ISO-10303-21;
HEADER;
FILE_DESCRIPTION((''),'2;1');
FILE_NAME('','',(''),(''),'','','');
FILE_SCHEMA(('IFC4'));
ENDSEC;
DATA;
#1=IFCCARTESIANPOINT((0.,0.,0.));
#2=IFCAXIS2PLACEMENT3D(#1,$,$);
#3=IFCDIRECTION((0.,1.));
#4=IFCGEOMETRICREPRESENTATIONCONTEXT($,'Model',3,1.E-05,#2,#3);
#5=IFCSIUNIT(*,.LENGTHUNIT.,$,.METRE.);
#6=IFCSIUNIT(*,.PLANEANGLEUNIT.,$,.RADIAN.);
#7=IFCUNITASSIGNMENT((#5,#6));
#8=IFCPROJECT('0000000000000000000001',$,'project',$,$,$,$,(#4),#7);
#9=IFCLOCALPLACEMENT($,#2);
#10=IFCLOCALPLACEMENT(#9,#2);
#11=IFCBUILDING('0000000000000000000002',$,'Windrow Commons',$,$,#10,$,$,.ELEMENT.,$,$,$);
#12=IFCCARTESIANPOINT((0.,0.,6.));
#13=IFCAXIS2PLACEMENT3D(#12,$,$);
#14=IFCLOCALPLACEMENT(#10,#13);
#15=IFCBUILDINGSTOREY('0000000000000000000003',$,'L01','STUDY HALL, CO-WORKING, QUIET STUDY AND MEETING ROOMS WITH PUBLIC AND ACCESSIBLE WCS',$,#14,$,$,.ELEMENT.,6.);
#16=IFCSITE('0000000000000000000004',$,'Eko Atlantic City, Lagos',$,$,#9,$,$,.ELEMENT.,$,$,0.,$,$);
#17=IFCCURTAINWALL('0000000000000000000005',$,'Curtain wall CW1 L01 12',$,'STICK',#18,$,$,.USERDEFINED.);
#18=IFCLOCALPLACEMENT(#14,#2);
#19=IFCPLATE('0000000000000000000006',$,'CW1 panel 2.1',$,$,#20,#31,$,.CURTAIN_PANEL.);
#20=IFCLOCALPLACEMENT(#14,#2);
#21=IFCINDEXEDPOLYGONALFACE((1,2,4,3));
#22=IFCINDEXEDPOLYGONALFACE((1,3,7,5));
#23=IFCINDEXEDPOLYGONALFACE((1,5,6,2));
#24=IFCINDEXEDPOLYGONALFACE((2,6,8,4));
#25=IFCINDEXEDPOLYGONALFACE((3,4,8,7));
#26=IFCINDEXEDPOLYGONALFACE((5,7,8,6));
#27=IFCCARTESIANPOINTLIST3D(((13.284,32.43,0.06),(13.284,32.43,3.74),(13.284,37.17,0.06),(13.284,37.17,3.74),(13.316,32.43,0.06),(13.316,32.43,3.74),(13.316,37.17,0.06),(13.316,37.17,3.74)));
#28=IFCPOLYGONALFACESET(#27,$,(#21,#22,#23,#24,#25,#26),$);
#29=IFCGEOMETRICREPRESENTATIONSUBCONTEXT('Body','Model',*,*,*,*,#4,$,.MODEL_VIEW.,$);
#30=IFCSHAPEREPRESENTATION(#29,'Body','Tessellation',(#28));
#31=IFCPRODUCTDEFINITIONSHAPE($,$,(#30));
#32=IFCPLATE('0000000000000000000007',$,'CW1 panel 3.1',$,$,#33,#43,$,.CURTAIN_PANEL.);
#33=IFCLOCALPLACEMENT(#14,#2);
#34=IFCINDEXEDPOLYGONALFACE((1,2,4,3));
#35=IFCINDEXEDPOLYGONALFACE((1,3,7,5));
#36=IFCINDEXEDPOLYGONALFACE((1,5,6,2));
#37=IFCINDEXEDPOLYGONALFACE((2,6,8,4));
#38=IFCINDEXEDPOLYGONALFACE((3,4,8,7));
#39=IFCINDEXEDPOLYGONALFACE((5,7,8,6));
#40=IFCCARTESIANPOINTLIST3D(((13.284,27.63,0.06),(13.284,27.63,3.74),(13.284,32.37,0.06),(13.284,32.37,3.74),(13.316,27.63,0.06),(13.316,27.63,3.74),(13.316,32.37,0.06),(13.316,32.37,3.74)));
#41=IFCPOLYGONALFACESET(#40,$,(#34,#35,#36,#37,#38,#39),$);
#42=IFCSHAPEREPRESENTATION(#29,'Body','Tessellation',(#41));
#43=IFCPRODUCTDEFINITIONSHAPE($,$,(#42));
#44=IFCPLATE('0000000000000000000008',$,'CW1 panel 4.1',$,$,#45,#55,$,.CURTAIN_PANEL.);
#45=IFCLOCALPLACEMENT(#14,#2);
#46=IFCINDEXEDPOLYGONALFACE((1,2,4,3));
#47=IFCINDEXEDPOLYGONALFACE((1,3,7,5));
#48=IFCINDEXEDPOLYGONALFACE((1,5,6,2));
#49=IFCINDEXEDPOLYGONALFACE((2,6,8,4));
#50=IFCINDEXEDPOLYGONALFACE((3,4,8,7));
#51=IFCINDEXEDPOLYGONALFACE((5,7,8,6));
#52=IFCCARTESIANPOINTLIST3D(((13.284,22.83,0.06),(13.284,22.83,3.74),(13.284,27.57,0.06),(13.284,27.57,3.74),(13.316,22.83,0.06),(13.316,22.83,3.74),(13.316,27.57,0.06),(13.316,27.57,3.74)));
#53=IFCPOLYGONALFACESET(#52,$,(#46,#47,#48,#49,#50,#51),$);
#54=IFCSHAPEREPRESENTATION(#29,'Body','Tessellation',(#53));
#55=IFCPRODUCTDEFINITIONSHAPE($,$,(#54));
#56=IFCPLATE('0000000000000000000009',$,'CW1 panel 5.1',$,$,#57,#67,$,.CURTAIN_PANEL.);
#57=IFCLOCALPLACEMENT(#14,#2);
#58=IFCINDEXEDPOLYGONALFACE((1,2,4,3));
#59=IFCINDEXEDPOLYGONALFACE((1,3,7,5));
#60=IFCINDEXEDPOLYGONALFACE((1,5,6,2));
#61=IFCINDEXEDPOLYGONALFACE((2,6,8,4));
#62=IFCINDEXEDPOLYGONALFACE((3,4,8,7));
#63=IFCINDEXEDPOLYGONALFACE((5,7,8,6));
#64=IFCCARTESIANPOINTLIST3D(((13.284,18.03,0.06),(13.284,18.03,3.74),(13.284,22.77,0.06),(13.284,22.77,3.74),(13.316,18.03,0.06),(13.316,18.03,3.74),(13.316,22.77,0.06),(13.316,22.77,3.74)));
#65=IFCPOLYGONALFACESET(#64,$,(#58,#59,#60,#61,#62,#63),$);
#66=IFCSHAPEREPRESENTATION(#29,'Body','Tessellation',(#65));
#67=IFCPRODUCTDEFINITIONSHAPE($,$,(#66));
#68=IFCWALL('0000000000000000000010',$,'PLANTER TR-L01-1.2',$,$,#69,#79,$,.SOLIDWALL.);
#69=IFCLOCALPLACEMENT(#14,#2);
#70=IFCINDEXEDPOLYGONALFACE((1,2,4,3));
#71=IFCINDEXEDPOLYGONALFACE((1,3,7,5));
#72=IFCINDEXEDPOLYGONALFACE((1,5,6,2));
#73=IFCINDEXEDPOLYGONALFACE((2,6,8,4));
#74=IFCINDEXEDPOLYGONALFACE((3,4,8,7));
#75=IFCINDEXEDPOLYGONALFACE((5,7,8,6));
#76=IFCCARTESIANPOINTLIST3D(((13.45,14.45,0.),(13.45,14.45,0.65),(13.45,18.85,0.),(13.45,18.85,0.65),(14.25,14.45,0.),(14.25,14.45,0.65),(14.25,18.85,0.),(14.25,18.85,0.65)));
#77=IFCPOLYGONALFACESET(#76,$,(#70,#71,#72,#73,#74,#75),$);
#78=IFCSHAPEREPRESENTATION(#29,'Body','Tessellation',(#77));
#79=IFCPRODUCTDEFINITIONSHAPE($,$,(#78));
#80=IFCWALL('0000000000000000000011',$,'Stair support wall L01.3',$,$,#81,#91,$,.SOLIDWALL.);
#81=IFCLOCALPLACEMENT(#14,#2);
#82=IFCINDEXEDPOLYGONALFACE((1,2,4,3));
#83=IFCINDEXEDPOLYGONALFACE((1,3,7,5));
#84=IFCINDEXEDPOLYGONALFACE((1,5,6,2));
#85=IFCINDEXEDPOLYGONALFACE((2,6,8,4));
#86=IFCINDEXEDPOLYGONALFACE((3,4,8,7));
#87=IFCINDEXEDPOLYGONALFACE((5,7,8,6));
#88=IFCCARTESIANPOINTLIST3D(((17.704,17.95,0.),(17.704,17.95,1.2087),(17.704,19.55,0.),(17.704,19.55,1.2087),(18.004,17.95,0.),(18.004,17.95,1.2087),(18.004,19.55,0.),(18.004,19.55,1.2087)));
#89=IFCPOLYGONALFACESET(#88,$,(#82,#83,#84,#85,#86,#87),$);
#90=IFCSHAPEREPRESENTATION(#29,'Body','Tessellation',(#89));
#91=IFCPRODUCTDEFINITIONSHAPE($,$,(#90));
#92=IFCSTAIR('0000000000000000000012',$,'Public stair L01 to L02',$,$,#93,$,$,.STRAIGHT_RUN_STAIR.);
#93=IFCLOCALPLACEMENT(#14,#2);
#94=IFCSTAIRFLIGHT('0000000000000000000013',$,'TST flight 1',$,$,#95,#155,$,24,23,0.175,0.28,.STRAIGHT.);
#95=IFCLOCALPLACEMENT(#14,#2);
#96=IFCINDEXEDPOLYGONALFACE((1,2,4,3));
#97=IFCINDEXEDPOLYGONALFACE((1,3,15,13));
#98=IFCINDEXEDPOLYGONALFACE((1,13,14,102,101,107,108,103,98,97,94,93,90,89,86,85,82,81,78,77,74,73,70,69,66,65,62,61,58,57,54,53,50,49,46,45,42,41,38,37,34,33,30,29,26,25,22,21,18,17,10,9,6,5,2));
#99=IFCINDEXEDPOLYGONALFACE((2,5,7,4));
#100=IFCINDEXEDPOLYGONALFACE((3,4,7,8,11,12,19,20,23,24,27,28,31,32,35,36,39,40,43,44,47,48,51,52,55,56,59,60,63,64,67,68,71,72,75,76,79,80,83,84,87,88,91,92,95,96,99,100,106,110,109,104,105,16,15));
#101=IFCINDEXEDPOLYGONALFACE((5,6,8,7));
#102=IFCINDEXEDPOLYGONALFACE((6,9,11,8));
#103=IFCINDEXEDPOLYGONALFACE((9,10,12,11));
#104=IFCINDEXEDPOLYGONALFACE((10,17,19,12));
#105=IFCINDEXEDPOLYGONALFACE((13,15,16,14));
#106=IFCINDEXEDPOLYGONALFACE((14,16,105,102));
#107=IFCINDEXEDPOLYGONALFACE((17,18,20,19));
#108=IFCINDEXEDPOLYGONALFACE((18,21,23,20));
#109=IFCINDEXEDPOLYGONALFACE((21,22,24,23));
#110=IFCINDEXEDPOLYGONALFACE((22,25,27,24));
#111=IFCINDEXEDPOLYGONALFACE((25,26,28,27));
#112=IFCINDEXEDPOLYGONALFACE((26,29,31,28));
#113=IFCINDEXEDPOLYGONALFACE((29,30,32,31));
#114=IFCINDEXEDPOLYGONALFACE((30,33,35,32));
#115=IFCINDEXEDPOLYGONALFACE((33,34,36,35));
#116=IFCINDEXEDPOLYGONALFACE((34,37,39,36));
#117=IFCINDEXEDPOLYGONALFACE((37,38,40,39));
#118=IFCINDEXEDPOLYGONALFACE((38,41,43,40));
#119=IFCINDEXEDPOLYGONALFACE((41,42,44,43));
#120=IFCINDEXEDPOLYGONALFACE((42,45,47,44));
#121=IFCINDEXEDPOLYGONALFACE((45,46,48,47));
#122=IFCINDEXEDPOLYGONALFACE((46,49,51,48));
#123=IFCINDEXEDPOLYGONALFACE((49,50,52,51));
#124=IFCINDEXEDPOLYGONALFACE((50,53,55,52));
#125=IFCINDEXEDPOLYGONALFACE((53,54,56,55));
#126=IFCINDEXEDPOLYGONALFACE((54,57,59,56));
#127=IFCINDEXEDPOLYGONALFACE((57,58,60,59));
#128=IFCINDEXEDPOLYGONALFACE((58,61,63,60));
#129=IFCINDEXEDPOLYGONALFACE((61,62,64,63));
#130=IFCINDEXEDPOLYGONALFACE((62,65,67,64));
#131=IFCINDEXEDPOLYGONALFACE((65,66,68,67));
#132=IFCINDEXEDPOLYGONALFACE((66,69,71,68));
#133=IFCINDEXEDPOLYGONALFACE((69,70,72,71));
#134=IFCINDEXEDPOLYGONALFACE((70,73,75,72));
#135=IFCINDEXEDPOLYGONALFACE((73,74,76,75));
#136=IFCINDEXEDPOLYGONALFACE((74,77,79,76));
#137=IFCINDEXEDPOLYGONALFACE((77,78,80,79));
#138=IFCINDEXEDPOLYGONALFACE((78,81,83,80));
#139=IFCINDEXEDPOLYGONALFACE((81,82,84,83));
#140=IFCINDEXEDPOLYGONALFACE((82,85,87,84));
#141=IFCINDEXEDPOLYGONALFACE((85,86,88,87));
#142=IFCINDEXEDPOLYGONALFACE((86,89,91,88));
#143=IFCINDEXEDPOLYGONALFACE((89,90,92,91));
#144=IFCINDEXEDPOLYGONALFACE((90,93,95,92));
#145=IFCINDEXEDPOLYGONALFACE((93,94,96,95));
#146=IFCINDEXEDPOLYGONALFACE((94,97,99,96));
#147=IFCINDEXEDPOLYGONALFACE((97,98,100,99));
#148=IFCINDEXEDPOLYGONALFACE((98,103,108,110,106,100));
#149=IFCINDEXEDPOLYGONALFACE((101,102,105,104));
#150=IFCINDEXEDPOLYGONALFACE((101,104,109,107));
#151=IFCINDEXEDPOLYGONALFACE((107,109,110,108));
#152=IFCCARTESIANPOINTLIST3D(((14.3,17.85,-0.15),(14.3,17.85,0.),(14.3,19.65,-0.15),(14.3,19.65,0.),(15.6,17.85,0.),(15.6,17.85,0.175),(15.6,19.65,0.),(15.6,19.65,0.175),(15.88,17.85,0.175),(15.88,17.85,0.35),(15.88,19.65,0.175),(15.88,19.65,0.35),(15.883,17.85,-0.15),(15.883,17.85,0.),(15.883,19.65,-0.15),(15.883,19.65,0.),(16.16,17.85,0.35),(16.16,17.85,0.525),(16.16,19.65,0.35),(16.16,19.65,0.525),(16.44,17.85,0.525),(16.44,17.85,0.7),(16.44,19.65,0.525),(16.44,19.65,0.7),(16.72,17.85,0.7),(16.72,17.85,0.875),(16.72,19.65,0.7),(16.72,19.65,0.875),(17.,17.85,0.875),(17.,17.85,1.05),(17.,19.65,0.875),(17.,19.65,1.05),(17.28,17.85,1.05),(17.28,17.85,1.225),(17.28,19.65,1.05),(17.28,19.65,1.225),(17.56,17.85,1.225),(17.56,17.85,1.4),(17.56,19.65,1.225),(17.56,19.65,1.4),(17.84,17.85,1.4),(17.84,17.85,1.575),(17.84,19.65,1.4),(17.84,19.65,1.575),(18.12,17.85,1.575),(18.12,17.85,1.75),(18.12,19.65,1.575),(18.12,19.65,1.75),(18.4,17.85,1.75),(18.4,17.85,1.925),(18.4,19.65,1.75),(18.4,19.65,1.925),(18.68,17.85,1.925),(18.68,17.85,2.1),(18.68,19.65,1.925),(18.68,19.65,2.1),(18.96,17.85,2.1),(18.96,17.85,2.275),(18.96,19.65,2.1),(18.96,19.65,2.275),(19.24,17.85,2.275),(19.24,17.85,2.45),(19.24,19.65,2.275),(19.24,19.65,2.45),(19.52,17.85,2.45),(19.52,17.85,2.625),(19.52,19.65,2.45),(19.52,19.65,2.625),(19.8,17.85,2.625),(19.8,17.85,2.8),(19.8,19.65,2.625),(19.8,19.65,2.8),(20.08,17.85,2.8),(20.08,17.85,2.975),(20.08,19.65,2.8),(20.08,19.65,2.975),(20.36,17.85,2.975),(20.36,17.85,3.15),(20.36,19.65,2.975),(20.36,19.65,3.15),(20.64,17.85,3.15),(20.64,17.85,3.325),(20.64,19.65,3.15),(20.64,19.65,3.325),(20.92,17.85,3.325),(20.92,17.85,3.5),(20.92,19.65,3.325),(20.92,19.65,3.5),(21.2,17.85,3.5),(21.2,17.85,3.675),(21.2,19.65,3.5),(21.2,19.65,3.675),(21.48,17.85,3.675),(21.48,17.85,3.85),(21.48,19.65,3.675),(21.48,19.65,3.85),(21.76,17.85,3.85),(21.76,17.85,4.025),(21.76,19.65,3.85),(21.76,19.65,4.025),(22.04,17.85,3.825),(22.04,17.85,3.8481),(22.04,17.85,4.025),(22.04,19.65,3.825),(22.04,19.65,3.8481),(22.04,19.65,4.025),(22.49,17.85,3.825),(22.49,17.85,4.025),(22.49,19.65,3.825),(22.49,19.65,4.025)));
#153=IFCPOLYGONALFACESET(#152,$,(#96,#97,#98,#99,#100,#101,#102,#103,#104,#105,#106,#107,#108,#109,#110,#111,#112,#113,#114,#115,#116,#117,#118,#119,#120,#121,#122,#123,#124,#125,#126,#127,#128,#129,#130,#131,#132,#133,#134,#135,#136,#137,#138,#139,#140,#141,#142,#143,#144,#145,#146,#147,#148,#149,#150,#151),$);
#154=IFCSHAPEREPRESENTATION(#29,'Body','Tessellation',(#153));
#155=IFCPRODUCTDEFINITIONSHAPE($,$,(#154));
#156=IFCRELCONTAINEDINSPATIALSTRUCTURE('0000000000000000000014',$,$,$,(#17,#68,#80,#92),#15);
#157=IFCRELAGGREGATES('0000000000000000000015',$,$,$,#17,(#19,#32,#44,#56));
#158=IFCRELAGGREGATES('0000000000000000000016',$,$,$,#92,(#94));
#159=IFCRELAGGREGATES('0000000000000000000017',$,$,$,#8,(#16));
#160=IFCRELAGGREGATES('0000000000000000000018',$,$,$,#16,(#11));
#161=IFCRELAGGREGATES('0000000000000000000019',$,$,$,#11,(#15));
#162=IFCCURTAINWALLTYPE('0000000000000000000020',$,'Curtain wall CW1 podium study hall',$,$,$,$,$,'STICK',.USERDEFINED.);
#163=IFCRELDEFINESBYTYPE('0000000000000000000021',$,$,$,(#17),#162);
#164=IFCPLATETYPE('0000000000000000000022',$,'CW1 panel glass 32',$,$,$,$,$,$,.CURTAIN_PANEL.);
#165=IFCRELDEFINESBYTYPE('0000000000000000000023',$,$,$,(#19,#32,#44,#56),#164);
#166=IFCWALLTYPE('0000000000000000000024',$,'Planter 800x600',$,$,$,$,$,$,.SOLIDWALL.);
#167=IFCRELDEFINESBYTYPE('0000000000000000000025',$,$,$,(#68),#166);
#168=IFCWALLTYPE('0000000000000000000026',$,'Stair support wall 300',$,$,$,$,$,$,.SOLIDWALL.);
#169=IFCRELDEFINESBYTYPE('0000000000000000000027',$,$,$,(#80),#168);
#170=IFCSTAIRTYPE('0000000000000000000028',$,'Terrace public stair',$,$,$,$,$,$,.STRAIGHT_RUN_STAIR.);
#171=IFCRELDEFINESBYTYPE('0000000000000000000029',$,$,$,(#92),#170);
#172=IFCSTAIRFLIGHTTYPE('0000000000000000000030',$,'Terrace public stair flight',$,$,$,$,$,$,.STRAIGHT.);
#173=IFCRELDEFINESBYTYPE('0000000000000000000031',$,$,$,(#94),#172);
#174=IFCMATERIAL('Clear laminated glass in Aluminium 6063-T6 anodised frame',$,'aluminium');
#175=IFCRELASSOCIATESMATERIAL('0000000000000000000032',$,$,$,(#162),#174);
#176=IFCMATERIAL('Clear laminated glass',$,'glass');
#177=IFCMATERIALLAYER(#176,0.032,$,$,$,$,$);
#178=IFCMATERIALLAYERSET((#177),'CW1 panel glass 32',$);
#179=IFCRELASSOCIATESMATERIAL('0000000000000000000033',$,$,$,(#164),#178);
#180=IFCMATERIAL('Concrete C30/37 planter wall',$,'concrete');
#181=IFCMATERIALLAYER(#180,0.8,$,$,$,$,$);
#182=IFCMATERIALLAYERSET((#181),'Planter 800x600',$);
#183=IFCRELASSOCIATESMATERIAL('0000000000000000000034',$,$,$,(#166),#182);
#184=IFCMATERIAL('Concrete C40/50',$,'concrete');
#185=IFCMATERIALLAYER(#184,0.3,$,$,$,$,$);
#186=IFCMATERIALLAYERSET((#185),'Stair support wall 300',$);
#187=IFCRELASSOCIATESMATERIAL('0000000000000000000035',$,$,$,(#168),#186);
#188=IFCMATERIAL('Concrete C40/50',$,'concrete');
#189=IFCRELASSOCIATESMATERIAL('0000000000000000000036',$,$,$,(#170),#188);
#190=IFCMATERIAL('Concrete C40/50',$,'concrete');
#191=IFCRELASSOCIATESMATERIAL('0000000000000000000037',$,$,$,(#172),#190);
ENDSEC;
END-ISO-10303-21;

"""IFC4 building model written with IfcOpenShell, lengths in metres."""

from ifc_helpers import new_model, si_unit, direction, frame, frame_2d, origin, origin_2d, place, context, subcontext, project, spatial, polyline, rectangle, outline, extrude, material, layer, layer_set, type_object, element, aggregate, save


model = new_model("IFC4")

# Units and contexts
model_context = context("Model", 3, precision=1e-05, world=origin(), true_north=direction((0.0, 1.0)))
body_context = subcontext(model_context, "Body", "Model", "MODEL_VIEW")
ifc_project = project(units=[si_unit("LENGTHUNIT", "METRE"), si_unit("PLANEANGLEUNIT", "RADIAN")], contexts=[model_context])

# Site, building, storey
site_placement = place(None, origin())
site = spatial("IfcSite", under=ifc_project, at=site_placement, Name="Eko Atlantic City, Lagos", CompositionType="ELEMENT", RefElevation=0.0)
building_placement = place(site_placement, origin())
building = spatial("IfcBuilding", under=site, at=building_placement, Name="Windrow Commons", CompositionType="ELEMENT")
storey_placement = place(building_placement, frame((0.0, 0.0, 6.0)))
storey = spatial("IfcBuildingStorey", under=building, at=storey_placement, Name="L01", Description="STUDY HALL, CO-WORKING, QUIET STUDY AND MEETING ROOMS WITH PUBLIC AND ACCESSIBLE WCS", CompositionType="ELEMENT", Elevation=6.0)

# Curtain wall
ifc_material_1 = material(Name="Clear laminated glass in Aluminium 6063-T6 anodised frame", Category="aluminium")
curtain_wall_type = type_object("IfcCurtainWallType", Name="Curtain wall CW1 podium study hall", ElementType="STICK", PredefinedType="USERDEFINED", material=ifc_material_1)
placement = place(storey_placement, origin())
curtain_wall = element("IfcCurtainWall", 1, at=placement, inside=storey, type_object=curtain_wall_type, Name="Curtain wall CW1 L01 12", ObjectType="STICK", PredefinedType="USERDEFINED")

# Plates
ifc_material_2 = material(Name="Clear laminated glass", Category="glass")
ifc_layer_1 = layer(ifc_material_2, 0.032)
ifc_layer_set_1 = layer_set([ifc_layer_1], Name="CW1 panel glass 32")
plate_type = type_object("IfcPlateType", Name="CW1 panel glass 32", PredefinedType="CURTAIN_PANEL", material=ifc_layer_set_1)
plate_1_placement = place(storey_placement, frame((13.3, 34.8, 0.06), z_axis=(0.0, 0.0, 1.0), x_axis=(0.0, -1.0, 0.0)))
plate_1 = element("IfcPlate", 2, at=plate_1_placement, type_object=plate_type, Name="CW1 panel 2.1", PredefinedType="CURTAIN_PANEL", context=body_context, shape_type="SweptSolid", body=[
    extrude(rectangle(XDim=4.74, YDim=0.032, at=origin_2d()), origin(), (0.0, 0.0, 1.0), 3.68),
])
plate_2_placement = place(storey_placement, frame((13.3, 30.0, 0.06), z_axis=(0.0, 0.0, 1.0), x_axis=(0.0, -1.0, 0.0)))
plate_2 = element("IfcPlate", 3, at=plate_2_placement, type_object=plate_type, Name="CW1 panel 3.1", PredefinedType="CURTAIN_PANEL", context=body_context, shape_type="SweptSolid", body=[
    extrude(rectangle(XDim=4.74, YDim=0.032, at=origin_2d()), origin(), (0.0, 0.0, 1.0), 3.68),
])
plate_3_placement = place(storey_placement, frame((13.3, 25.2, 0.06), z_axis=(0.0, 0.0, 1.0), x_axis=(0.0, -1.0, 0.0)))
plate_3 = element("IfcPlate", 4, at=plate_3_placement, type_object=plate_type, Name="CW1 panel 4.1", PredefinedType="CURTAIN_PANEL", context=body_context, shape_type="SweptSolid", body=[
    extrude(rectangle(XDim=4.74, YDim=0.032, at=origin_2d()), origin(), (0.0, 0.0, 1.0), 3.68),
])
plate_4_placement = place(storey_placement, frame((13.3, 20.4, 0.06), z_axis=(0.0, 0.0, 1.0), x_axis=(0.0, -1.0, 0.0)))
plate_4 = element("IfcPlate", 5, at=plate_4_placement, type_object=plate_type, Name="CW1 panel 5.1", PredefinedType="CURTAIN_PANEL", context=body_context, shape_type="SweptSolid", body=[
    extrude(rectangle(XDim=4.74, YDim=0.032, at=origin_2d()), origin(), (0.0, 0.0, 1.0), 3.68),
])
aggregate(curtain_wall, [plate_1, plate_2, plate_3, plate_4])

# Walls
ifc_material_3 = material(Name="Concrete C30/37 planter wall", Category="concrete")
ifc_layer_2 = layer(ifc_material_3, 0.8)
ifc_layer_set_2 = layer_set([ifc_layer_2], Name="Planter 800x600")
wall_type_1 = type_object("IfcWallType", Name="Planter 800x600", PredefinedType="SOLIDWALL", material=ifc_layer_set_2)
wall_1_placement = place(storey_placement, frame((13.85, 18.85, 0.0), z_axis=(0.0, 0.0, 1.0), x_axis=(0.0, -1.0, 0.0)))
element("IfcWall", 6, at=wall_1_placement, inside=storey, type_object=wall_type_1, Name="PLANTER TR-L01-1.2", PredefinedType="SOLIDWALL", context=body_context, shape_type="SweptSolid", body=[
    extrude(rectangle(XDim=4.4, YDim=0.8, at=frame_2d((2.2, 0.0))), origin(), (0.0, 0.0, 1.0), 0.65),
])
ifc_material_4 = material(Name="Concrete C40/50", Category="concrete")
ifc_layer_3 = layer(ifc_material_4, 0.3)
ifc_layer_set_3 = layer_set([ifc_layer_3], Name="Stair support wall 300")
wall_type_2 = type_object("IfcWallType", Name="Stair support wall 300", PredefinedType="SOLIDWALL", material=ifc_layer_set_3)
wall_2_placement = place(storey_placement, frame((17.854, 19.55, 0.0), z_axis=(0.0, 0.0, 1.0), x_axis=(0.0, -1.0, 0.0)))
element("IfcWall", 7, at=wall_2_placement, inside=storey, type_object=wall_type_2, Name="Stair support wall L01.3", PredefinedType="SOLIDWALL", context=body_context, shape_type="SweptSolid", body=[
    extrude(rectangle(XDim=1.6, YDim=0.3, at=frame_2d((0.8, 0.0))), origin(), (0.0, 0.0, 1.0), 1.2087),
])

# Stair, stair flight
ifc_material_5 = material(Name="Concrete C40/50", Category="concrete")
stair_type = type_object("IfcStairType", Name="Terrace public stair", PredefinedType="STRAIGHT_RUN_STAIR", material=ifc_material_5)
stair = element("IfcStair", 8, at=placement, inside=storey, type_object=stair_type, Name="Public stair L01 to L02", PredefinedType="STRAIGHT_RUN_STAIR")
ifc_material_6 = material(Name="Concrete C40/50", Category="concrete")
stair_flight_type = type_object("IfcStairFlightType", Name="Terrace public stair flight", PredefinedType="STRAIGHT", material=ifc_material_6)
stair_flight_placement = place(storey_placement, frame((15.6, 18.75, 0.0), z_axis=(0.0, 0.0, 1.0), x_axis=(1.0, 0.0, 0.0)))
stair_flight = element("IfcStairFlight", 9, at=stair_flight_placement, type_object=stair_flight_type, Name="TST flight 1", NumberOfRisers=24, NumberOfTreads=23, PredefinedType="STRAIGHT", RiserHeight=0.175, TreadLength=0.28, context=body_context, shape_type="SweptSolid", body=[
    extrude(outline(polyline([(-1.3, -0.15), (-1.3, 0.0), (0.0, 0.0), (0.0, 0.175), (0.28, 0.175), (0.28, 0.35), (0.56, 0.35), (0.56, 0.525), (0.84, 0.525), (0.84, 0.7), (1.12, 0.7), (1.12, 0.875), (1.4, 0.875), (1.4, 1.05), (1.68, 1.05), (1.68, 1.225), (1.96, 1.225), (1.96, 1.4), (2.24, 1.4), (2.24, 1.575), (2.52, 1.575), (2.52, 1.75), (2.8, 1.75), (2.8, 1.925), (3.08, 1.925), (3.08, 2.1), (3.36, 2.1), (3.36, 2.275), (3.64, 2.275), (3.64, 2.45), (3.92, 2.45), (3.92, 2.625), (4.2, 2.625), (4.2, 2.8), (4.48, 2.8), (4.48, 2.975), (4.76, 2.975), (4.76, 3.15), (5.04, 3.15), (5.04, 3.325), (5.32, 3.325), (5.32, 3.5), (5.6, 3.5), (5.6, 3.675), (5.88, 3.675), (5.88, 3.85), (6.16, 3.85), (6.16, 4.025), (6.44, 4.025), (6.89, 4.025), (6.89, 3.825), (6.44, 3.825), (6.44, 3.8481), (0.283, 0.0), (0.283, -0.15), (-1.3, -0.15)])), frame((0.0, 0.9, 0.0), z_axis=(0.0, -1.0, 0.0), x_axis=(1.0, 0.0, 0.0)), (0.0, 0.0, 1.0), 1.8),
])
aggregate(stair, [stair_flight])

save(model, "model.ifc")
